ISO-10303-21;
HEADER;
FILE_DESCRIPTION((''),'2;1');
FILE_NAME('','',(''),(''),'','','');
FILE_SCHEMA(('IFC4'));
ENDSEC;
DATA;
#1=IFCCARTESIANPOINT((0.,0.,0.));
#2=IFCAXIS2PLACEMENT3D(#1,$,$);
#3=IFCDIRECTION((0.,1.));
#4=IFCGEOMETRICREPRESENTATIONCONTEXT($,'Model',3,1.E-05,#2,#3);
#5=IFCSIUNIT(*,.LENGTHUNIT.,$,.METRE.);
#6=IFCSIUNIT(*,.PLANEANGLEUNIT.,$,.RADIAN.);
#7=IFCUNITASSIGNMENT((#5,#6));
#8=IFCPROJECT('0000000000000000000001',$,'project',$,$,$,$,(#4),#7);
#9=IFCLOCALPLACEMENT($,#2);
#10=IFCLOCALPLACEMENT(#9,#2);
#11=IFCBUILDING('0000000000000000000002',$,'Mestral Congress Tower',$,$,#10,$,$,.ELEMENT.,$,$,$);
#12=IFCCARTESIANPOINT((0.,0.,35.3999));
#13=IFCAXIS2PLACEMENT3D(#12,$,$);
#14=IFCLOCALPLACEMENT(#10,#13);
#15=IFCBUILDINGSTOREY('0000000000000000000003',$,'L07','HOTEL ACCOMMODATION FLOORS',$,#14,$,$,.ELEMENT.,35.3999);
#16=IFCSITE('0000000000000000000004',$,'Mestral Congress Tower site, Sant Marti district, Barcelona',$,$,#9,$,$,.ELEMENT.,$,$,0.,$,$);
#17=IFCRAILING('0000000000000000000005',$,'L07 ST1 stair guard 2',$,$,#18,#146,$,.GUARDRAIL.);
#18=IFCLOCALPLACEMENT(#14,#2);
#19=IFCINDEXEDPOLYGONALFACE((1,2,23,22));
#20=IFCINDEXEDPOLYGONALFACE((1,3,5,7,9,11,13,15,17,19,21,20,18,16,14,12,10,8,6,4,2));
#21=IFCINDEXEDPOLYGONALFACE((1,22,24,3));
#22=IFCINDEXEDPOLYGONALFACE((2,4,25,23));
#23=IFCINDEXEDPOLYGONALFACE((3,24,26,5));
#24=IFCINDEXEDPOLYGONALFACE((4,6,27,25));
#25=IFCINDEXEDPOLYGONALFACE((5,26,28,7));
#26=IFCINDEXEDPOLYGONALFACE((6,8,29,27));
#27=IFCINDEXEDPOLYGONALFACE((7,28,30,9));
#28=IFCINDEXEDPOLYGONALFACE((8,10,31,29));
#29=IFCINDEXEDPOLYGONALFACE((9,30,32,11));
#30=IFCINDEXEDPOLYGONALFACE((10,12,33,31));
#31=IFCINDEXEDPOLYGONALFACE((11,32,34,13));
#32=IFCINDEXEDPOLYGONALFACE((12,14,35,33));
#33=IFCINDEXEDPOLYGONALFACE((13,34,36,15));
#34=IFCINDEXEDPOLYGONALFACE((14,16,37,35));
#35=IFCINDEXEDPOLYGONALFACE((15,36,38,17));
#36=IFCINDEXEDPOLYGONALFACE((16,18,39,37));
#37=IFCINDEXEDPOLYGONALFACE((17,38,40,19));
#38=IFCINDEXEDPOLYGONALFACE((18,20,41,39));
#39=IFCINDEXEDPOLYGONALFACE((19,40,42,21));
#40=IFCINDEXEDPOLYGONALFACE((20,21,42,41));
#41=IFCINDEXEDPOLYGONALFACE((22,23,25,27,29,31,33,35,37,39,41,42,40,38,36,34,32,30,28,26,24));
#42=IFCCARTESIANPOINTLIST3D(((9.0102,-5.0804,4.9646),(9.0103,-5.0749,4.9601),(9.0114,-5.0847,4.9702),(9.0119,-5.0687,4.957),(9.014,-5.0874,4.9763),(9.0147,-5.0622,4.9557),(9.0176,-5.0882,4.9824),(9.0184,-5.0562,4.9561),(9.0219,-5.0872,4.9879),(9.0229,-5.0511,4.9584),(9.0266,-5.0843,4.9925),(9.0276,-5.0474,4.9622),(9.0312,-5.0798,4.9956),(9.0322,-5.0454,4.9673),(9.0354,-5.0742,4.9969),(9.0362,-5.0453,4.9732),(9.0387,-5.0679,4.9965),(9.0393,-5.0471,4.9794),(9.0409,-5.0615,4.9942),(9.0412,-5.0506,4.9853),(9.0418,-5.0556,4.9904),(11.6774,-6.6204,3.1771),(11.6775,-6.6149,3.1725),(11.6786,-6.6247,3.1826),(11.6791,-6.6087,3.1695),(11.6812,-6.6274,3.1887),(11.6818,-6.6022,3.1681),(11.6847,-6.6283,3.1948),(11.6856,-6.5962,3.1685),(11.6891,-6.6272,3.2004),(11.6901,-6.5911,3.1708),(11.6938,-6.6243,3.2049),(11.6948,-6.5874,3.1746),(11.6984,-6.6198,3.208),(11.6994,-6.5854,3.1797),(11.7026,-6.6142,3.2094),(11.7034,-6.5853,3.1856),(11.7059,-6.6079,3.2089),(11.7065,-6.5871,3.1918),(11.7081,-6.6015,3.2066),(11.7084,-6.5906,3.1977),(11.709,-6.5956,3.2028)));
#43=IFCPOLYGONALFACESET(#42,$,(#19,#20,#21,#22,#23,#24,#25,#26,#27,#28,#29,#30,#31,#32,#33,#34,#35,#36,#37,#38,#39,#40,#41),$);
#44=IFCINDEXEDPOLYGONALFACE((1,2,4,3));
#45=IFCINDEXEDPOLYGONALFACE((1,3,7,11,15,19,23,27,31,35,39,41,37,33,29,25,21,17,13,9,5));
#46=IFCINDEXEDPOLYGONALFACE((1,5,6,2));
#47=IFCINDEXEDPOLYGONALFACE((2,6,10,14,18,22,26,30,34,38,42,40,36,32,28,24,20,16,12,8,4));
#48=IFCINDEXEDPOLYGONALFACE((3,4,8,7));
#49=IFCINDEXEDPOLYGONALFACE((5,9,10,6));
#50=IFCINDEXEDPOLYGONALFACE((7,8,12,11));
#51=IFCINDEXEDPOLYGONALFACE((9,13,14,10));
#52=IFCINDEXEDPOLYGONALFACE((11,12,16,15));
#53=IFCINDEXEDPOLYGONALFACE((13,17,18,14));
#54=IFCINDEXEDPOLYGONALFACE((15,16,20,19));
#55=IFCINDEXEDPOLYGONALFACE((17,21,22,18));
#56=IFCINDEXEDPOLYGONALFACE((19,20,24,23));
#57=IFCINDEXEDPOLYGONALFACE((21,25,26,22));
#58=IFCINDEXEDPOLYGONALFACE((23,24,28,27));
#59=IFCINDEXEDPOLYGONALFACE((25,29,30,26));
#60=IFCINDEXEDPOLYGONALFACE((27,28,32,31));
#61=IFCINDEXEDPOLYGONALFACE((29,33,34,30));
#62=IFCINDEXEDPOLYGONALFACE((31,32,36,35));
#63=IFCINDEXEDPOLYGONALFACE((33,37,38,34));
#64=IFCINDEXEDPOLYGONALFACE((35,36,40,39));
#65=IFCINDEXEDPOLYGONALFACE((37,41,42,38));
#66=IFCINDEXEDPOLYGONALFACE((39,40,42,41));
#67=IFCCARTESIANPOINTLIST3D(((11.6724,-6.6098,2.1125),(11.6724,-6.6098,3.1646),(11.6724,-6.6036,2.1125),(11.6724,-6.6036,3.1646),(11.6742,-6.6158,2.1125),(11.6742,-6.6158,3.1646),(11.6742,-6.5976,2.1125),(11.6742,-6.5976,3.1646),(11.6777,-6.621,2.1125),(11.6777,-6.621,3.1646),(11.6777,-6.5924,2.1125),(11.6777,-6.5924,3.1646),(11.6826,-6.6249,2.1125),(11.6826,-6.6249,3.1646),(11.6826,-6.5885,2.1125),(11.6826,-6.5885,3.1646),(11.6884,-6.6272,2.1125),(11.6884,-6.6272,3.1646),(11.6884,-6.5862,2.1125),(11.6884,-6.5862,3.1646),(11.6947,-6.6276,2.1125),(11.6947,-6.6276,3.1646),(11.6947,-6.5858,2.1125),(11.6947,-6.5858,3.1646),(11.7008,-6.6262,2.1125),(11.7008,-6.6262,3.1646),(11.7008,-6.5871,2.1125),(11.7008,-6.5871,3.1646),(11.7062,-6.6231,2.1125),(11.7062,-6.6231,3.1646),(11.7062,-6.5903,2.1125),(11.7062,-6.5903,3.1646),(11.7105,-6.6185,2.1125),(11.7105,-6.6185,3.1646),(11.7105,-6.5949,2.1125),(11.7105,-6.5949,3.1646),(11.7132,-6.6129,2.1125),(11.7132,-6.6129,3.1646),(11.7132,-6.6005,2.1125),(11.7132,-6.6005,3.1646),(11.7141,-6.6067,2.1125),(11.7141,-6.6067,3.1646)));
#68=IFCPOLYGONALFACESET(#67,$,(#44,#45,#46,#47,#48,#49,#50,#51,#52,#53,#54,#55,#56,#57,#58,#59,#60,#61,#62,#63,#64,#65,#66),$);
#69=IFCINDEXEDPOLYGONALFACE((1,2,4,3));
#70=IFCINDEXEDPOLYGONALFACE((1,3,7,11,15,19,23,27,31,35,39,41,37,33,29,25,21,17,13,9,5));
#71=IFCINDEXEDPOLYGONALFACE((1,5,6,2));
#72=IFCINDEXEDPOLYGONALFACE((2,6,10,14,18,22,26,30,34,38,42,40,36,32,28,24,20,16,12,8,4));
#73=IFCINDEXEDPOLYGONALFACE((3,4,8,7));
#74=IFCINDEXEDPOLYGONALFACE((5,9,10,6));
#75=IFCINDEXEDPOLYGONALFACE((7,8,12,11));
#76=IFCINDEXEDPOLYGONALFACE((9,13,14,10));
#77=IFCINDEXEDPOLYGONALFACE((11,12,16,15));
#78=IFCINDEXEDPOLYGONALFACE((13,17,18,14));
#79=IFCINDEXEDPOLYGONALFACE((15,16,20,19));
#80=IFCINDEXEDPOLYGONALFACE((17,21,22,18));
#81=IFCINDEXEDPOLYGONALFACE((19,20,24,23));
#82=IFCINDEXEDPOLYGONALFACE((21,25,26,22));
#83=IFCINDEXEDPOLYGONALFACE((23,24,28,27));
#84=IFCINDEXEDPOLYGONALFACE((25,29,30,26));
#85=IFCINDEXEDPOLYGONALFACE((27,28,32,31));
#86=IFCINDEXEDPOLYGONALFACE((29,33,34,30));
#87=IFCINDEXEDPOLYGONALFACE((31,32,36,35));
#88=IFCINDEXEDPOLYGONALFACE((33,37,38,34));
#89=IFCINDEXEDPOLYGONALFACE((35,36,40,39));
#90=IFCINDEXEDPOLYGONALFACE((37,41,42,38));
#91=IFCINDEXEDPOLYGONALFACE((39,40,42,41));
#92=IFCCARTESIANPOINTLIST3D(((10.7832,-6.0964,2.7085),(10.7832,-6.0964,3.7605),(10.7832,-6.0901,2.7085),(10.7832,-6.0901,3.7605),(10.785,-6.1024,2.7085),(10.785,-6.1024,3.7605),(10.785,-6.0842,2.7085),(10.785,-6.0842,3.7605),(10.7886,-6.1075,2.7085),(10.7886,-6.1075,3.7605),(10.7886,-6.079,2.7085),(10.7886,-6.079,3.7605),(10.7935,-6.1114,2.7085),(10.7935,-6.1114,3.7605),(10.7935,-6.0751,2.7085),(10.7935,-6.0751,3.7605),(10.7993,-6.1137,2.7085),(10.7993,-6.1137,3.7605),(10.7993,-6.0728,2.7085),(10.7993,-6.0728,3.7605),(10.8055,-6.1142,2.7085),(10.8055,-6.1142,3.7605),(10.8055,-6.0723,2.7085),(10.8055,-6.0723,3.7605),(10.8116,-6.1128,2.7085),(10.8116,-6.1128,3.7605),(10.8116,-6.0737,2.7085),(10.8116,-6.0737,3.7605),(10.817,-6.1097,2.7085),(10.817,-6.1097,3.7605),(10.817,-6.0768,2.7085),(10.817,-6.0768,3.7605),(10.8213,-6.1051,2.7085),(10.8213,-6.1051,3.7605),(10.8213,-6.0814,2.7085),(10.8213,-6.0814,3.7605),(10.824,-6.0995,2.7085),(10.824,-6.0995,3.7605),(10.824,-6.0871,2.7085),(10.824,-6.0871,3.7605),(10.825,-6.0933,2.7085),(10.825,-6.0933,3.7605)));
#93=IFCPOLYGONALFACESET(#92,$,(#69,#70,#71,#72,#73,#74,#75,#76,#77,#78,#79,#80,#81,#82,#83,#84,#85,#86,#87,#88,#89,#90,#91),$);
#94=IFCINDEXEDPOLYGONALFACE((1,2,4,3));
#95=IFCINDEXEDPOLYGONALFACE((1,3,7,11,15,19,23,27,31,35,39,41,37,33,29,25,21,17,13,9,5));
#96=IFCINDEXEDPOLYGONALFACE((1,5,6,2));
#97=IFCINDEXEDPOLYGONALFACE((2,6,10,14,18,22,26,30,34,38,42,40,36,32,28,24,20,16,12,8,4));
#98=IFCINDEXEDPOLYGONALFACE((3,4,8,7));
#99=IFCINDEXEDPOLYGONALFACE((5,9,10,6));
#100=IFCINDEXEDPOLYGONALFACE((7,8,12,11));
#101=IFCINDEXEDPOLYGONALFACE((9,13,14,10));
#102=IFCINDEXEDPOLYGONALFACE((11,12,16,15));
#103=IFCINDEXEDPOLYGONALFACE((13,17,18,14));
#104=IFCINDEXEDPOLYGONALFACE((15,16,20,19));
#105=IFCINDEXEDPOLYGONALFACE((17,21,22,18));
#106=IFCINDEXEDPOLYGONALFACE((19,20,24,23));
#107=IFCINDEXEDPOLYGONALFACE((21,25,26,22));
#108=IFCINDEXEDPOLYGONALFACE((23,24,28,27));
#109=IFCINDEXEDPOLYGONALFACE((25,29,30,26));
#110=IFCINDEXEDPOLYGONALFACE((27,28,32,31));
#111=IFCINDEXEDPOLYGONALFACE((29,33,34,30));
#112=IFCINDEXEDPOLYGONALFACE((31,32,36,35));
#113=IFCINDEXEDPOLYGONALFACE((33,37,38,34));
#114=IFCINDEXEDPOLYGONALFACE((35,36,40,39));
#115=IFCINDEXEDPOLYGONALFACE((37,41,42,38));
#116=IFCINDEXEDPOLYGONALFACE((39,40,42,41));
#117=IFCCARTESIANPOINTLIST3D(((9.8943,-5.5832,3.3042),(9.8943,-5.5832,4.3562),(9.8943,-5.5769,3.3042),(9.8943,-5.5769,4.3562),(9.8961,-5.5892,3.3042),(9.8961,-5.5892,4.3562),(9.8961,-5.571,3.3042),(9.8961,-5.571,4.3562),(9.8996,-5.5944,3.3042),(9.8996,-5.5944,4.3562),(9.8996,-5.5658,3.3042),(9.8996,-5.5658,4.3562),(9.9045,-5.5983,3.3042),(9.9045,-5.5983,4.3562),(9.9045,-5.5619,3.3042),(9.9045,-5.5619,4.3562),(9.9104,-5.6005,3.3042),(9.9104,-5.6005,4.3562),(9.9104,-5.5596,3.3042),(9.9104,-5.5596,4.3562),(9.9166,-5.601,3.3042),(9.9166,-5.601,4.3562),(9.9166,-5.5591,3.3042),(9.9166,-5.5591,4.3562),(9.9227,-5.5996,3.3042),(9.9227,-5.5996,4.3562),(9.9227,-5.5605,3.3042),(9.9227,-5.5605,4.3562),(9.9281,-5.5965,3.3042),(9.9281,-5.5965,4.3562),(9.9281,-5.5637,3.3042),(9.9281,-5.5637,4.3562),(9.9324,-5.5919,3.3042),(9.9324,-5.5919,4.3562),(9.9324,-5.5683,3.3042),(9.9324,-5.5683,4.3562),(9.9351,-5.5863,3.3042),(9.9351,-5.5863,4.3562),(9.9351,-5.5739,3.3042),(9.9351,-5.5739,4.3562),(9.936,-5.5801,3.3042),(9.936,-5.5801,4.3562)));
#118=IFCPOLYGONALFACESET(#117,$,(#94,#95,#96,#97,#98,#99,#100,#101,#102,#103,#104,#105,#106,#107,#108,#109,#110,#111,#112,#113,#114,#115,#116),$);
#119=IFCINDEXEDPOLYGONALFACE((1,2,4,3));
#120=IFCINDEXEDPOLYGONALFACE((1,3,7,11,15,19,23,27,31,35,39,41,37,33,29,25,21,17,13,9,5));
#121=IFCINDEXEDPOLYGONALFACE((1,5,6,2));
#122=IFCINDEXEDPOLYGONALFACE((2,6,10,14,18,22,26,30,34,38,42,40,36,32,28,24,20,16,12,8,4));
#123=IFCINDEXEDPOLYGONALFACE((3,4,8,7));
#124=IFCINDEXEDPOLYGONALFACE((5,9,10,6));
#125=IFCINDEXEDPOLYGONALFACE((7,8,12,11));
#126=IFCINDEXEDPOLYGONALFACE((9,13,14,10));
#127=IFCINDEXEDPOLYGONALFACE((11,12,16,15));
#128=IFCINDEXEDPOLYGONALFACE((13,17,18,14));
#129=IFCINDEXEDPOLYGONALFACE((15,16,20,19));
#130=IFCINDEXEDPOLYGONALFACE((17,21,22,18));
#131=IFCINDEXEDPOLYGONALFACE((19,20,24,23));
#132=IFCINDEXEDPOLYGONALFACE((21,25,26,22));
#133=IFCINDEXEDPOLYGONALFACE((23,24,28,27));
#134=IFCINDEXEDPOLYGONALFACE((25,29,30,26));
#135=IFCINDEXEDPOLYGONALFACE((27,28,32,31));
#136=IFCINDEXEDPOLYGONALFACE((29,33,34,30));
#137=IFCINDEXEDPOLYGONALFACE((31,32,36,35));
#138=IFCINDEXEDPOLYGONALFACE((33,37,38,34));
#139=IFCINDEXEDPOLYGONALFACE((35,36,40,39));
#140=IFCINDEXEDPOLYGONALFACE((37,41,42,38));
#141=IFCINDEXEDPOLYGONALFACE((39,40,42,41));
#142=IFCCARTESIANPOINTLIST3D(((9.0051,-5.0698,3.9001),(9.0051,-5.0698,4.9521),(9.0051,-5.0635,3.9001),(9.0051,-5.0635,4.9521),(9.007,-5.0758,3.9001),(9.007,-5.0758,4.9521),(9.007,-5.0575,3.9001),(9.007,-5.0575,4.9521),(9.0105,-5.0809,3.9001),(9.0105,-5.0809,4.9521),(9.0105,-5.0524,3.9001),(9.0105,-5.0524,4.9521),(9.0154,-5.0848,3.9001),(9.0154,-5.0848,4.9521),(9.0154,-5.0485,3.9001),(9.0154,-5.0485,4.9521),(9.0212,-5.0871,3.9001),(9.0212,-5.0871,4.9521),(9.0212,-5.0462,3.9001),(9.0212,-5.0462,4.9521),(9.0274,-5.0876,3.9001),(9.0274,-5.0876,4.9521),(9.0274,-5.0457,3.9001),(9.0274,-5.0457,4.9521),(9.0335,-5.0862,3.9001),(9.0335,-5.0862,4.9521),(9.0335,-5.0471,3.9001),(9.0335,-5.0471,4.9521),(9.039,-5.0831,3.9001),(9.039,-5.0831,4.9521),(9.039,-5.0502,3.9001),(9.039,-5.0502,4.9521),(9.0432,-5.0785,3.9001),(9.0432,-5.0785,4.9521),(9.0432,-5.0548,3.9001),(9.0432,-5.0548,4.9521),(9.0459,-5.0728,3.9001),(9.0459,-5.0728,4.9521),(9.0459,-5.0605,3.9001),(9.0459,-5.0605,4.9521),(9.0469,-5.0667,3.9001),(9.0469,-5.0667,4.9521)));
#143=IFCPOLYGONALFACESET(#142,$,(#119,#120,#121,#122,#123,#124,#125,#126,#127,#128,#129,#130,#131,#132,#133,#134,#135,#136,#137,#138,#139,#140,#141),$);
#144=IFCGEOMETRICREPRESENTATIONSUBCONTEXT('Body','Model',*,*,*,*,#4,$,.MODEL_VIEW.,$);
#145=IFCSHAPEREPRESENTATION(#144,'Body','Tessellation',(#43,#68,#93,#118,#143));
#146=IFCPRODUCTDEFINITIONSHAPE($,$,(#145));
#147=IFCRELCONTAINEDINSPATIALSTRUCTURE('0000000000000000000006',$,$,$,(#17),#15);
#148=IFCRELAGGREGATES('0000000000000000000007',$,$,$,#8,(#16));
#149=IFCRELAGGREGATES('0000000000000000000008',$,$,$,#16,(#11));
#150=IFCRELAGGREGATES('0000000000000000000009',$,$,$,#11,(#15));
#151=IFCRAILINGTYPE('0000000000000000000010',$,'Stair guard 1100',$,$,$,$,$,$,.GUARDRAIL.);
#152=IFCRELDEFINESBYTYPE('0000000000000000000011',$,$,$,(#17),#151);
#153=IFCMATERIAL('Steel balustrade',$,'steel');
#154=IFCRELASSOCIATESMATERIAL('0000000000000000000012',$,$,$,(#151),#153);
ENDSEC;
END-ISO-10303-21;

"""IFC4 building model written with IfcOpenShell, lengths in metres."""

from ifc_helpers import new_model, si_unit, direction, frame, origin, origin_2d, place, context, subcontext, project, spatial, circle, extrude, material, type_object, element, save


model = new_model("IFC4")

# Units and contexts
model_context = context("Model", 3, precision=1e-05, world=origin(), true_north=direction((0.0, 1.0)))
body_context = subcontext(model_context, "Body", "Model", "MODEL_VIEW")
ifc_project = project(units=[si_unit("LENGTHUNIT", "METRE"), si_unit("PLANEANGLEUNIT", "RADIAN")], contexts=[model_context])

# Site, building, storey
site_placement = place(None, origin())
site = spatial("IfcSite", under=ifc_project, at=site_placement, Name="Mestral Congress Tower site, Sant Marti district, Barcelona", CompositionType="ELEMENT", RefElevation=0.0)
building_placement = place(site_placement, origin())
building = spatial("IfcBuilding", under=site, at=building_placement, Name="Mestral Congress Tower", CompositionType="ELEMENT")
storey_placement = place(building_placement, frame((0.0, 0.0, 35.3999)))
storey = spatial("IfcBuildingStorey", under=building, at=storey_placement, Name="L07", Description="HOTEL ACCOMMODATION FLOORS", CompositionType="ELEMENT", Elevation=35.3999)

# Railing
ifc_material_1 = material(Name="Steel balustrade", Category="steel")
railing_type_1 = type_object("IfcRailingType", Name="Stair guard 1100", PredefinedType="GUARDRAIL", material=ifc_material_1)
railing_1_placement = place(storey_placement, frame((11.6931, -6.6067, 2.1125)))
element("IfcRailing", 1, at=railing_1_placement, inside=storey, type_object=railing_type_1, Name="L07 ST1 stair guard 2", PredefinedType="GUARDRAIL", context=body_context, shape_type="SweptSolid", body=[
    extrude(circle(Radius=0.0239, at=origin_2d()), frame((0.0, 0.0, 1.0762), z_axis=(-0.748994, 0.432463, 0.50198), x_axis=(-0.500027, -0.86601, 0.0)), (0.0, 0.0, 1.0), 3.561),
    extrude(circle(Radius=0.021, at=origin_2d()), origin(), (0.0, 0.0, 1.0), 1.052),
    extrude(circle(Radius=0.021, at=origin_2d()), frame((-0.8892, 0.5134, 0.5959)), (0.0, 0.0, 1.0), 1.052),
    extrude(circle(Radius=0.021, at=origin_2d()), frame((-1.7781, 1.0266, 1.1917)), (0.0, 0.0, 1.0), 1.052),
    extrude(circle(Radius=0.021, at=origin_2d()), frame((-2.6672, 1.54, 1.7876)), (0.0, 0.0, 1.0), 1.052),
])

save(model, "model.ifc")
